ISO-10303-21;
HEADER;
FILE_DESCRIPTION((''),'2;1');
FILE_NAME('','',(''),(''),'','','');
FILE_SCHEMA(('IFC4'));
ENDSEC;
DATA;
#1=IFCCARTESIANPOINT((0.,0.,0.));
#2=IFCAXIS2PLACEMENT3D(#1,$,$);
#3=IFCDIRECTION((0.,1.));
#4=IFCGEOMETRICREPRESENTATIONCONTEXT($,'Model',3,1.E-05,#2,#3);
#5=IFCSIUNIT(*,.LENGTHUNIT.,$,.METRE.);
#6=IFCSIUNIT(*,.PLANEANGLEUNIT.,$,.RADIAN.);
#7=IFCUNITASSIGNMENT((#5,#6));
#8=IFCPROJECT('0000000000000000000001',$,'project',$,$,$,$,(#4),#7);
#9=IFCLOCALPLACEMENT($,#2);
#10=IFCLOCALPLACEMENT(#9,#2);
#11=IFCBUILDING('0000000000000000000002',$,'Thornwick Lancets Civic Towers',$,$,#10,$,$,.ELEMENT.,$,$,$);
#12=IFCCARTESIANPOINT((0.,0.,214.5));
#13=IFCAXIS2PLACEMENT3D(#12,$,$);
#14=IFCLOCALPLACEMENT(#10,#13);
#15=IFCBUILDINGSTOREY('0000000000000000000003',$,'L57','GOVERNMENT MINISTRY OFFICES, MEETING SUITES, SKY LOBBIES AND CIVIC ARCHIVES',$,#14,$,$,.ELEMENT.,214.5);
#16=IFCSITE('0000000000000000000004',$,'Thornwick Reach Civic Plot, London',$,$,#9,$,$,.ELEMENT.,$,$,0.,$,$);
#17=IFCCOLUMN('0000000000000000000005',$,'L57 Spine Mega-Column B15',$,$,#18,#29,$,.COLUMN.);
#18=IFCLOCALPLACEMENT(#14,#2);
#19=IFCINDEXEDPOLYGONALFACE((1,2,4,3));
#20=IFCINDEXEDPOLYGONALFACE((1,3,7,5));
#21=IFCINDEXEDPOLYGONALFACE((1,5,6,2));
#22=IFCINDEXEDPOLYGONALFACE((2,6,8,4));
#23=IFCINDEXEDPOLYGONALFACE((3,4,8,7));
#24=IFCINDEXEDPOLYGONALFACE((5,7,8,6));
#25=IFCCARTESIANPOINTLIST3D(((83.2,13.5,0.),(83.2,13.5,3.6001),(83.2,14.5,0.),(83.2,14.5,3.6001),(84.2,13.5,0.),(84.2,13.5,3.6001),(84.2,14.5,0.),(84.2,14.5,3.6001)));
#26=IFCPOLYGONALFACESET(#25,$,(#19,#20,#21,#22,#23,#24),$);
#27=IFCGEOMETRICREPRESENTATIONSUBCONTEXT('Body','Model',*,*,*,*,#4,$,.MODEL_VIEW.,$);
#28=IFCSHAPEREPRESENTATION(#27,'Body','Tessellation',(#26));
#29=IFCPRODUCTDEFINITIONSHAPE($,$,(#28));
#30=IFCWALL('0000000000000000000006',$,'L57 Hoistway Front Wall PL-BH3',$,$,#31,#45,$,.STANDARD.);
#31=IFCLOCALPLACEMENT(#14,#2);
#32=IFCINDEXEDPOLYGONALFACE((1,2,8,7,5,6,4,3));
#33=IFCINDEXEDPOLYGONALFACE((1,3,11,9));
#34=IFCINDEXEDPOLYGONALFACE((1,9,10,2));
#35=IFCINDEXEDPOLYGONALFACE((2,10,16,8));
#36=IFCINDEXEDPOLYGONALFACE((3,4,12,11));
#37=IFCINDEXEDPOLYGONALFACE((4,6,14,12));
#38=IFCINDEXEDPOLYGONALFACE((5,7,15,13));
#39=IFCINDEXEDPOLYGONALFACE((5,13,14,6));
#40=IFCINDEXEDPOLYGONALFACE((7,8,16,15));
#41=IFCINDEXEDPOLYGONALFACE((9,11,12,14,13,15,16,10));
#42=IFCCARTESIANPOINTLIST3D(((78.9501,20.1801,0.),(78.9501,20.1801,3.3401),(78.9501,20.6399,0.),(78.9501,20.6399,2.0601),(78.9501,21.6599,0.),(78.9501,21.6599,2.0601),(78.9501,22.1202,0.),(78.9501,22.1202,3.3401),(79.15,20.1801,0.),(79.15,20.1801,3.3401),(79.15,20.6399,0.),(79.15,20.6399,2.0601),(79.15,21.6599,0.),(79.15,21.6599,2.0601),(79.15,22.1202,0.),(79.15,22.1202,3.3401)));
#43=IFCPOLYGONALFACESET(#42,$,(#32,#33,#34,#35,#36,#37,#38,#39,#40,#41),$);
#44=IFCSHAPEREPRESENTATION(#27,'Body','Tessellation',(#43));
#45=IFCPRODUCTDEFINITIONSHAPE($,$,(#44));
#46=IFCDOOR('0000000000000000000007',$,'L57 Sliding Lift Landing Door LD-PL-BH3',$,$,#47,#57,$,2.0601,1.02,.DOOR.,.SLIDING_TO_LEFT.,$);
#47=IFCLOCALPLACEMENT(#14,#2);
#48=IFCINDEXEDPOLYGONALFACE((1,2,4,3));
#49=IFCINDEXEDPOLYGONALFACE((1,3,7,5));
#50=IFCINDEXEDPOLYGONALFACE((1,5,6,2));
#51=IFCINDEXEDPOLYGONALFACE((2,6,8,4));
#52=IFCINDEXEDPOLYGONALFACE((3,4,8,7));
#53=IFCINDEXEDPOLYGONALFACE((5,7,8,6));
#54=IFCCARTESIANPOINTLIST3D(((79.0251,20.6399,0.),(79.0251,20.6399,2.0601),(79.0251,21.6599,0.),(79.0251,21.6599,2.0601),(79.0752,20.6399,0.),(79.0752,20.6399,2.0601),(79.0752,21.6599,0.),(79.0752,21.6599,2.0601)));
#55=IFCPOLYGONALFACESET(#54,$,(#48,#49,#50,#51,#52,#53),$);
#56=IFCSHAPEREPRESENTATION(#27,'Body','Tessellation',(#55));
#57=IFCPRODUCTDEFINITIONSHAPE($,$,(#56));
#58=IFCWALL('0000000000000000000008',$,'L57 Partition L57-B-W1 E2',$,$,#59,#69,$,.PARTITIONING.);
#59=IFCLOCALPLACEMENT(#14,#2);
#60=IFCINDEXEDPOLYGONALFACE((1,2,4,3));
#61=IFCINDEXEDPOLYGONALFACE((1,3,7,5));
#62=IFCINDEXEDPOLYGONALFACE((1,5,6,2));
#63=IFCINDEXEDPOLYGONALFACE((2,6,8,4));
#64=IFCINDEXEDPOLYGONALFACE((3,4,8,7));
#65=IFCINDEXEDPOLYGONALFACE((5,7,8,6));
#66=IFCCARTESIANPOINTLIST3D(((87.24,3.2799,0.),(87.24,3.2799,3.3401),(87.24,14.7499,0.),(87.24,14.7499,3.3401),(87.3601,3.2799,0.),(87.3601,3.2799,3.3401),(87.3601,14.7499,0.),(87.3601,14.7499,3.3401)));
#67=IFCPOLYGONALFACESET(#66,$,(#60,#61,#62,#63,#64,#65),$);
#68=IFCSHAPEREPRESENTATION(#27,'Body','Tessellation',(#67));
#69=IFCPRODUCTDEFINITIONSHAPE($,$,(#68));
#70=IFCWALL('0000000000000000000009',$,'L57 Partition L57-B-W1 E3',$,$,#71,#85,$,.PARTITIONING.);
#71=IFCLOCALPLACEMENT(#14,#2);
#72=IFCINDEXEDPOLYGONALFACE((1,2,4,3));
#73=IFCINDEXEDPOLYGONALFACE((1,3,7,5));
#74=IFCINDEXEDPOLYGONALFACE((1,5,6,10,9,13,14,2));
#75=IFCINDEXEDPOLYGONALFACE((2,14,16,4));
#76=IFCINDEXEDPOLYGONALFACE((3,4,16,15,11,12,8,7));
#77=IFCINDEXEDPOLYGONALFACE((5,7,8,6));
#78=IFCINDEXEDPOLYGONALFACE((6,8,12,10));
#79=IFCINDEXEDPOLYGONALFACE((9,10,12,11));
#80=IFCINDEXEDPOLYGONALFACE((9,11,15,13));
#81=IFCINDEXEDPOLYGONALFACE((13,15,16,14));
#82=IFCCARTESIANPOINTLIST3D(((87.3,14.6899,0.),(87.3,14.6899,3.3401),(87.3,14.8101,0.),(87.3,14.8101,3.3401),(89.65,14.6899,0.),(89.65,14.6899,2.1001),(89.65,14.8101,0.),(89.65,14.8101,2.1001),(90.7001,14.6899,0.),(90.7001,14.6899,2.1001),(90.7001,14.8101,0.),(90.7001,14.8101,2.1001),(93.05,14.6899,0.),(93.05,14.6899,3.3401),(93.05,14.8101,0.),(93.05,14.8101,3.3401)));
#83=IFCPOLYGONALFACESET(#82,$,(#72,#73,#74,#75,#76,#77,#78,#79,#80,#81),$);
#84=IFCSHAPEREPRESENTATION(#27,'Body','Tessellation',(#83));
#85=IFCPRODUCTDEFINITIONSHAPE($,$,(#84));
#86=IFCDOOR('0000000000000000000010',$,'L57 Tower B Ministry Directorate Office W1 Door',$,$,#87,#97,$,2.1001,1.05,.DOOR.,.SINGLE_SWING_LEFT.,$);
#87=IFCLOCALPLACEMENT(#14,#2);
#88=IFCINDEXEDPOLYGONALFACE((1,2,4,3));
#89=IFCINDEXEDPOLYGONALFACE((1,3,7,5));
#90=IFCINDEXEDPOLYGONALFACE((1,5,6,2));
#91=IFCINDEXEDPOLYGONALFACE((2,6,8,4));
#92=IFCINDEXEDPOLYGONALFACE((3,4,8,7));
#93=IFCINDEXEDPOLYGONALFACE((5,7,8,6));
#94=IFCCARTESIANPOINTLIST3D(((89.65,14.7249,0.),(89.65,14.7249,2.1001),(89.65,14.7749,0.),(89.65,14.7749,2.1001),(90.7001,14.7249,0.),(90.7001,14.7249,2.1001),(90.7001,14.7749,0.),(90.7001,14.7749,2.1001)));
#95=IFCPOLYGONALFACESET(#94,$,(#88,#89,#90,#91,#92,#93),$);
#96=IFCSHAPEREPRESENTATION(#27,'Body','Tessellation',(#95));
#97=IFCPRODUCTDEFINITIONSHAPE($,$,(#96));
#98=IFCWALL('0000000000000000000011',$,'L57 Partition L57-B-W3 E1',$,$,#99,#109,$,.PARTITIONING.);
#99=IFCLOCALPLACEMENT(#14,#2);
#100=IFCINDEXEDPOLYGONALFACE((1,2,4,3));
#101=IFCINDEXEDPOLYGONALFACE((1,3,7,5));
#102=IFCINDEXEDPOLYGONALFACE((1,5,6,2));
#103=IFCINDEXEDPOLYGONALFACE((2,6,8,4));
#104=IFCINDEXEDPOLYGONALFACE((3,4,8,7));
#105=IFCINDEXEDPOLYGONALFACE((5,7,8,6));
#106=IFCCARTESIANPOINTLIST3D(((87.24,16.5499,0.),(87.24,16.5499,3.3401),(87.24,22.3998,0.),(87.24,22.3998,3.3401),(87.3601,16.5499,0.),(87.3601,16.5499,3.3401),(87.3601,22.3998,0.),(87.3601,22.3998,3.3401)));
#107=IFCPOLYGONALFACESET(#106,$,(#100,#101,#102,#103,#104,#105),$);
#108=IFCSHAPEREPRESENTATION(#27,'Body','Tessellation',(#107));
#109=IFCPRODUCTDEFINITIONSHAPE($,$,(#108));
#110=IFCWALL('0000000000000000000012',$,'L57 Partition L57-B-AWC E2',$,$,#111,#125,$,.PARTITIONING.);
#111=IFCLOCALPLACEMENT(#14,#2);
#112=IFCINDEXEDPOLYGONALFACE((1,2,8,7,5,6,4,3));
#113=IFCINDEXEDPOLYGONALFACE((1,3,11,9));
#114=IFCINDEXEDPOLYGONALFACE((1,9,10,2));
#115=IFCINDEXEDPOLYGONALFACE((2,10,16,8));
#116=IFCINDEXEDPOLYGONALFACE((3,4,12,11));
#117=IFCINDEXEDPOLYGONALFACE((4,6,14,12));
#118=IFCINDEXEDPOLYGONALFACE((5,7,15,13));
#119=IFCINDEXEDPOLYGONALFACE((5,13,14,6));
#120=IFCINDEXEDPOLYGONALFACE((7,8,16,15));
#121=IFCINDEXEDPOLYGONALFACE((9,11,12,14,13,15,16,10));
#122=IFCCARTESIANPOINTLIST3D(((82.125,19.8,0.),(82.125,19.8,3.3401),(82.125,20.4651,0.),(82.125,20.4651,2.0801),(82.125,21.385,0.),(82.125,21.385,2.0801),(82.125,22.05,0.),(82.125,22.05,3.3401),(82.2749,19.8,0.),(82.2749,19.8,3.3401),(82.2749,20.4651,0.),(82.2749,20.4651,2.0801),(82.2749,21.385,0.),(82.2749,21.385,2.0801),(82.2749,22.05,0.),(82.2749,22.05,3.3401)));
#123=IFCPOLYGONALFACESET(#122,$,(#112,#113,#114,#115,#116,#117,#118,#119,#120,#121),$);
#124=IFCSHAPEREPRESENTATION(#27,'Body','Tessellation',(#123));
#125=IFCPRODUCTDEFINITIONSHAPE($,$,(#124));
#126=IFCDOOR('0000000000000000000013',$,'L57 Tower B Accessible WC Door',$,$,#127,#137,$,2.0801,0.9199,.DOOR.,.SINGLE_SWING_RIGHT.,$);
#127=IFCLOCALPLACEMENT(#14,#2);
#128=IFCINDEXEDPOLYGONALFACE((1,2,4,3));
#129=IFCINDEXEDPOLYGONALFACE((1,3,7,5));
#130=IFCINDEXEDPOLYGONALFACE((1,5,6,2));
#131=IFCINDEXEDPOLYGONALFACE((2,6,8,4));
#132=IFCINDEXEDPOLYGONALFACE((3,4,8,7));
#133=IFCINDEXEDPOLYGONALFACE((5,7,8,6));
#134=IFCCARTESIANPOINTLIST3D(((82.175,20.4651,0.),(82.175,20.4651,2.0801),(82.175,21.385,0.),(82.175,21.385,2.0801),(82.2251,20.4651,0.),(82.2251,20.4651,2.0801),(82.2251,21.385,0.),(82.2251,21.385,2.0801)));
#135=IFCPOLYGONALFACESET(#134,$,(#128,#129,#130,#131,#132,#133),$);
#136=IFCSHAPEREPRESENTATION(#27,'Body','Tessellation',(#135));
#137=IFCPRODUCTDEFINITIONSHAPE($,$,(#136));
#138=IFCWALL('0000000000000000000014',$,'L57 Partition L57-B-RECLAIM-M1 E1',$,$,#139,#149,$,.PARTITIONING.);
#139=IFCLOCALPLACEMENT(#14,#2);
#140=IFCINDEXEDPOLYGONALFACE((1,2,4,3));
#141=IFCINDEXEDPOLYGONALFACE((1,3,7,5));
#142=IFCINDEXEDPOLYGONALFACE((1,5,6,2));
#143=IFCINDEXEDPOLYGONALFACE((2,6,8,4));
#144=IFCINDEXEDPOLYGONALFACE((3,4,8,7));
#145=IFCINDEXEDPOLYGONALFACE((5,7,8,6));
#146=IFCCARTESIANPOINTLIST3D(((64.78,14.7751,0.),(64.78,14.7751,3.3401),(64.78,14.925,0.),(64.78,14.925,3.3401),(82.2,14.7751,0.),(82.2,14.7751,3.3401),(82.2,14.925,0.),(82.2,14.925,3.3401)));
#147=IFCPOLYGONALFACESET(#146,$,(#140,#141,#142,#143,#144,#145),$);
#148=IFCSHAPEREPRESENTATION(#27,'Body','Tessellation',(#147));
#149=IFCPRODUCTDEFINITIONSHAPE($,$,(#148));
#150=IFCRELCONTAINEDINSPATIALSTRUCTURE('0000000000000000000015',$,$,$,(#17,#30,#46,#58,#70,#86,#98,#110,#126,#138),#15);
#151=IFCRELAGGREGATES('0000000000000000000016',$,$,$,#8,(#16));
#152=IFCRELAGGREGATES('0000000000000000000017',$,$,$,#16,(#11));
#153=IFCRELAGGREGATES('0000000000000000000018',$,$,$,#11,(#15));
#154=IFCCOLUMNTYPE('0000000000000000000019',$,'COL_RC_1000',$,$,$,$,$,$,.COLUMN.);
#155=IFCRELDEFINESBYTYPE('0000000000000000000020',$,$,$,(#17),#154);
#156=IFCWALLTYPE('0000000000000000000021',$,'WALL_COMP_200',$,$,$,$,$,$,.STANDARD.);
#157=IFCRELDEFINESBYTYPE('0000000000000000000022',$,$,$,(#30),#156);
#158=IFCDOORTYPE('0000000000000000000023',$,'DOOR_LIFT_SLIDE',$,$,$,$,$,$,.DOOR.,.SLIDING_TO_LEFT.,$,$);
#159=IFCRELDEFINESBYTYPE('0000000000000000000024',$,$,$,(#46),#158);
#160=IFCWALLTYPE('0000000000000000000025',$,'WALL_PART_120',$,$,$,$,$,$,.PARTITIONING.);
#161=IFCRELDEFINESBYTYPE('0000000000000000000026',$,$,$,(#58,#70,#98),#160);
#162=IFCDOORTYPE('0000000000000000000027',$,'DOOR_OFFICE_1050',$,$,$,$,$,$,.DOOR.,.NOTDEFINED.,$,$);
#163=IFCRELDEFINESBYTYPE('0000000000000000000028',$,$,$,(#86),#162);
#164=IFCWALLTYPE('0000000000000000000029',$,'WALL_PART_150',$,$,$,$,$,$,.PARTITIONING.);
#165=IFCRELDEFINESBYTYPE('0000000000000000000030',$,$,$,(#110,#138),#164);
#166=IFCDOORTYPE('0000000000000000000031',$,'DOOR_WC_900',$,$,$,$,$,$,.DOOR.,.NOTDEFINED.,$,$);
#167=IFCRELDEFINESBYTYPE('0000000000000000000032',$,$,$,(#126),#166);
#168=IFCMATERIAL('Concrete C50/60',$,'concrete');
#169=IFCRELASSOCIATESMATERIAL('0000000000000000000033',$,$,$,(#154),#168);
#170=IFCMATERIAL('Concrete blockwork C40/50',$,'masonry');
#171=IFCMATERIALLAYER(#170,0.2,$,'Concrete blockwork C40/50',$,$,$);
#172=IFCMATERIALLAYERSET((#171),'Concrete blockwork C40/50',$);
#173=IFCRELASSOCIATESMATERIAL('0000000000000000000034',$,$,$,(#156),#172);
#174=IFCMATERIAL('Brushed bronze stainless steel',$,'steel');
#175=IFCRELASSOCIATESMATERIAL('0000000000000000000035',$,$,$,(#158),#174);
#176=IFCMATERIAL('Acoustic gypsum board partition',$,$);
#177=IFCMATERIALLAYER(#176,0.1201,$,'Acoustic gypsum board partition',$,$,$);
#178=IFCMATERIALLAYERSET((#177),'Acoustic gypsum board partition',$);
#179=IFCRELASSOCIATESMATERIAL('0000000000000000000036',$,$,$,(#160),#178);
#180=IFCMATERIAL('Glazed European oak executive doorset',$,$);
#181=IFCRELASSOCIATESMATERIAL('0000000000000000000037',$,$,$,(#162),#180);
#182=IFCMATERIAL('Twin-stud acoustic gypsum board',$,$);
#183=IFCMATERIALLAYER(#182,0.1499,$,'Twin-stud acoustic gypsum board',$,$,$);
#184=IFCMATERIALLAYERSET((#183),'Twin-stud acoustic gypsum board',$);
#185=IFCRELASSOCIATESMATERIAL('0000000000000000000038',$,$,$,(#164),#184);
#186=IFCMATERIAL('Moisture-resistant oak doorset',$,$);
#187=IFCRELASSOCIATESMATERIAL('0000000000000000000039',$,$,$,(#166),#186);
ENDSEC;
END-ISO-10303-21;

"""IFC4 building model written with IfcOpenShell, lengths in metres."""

from ifc_helpers import new_model, si_unit, direction, frame, frame_2d, origin, origin_2d, place, context, subcontext, project, spatial, rectangle, extrude, material, layer, layer_set, material_profile, profile_set, type_object, element, fill, save


model = new_model("IFC4")

# Units and contexts
model_context = context("Model", 3, precision=1e-05, world=origin(), true_north=direction((0.0, 1.0)))
body_context = subcontext(model_context, "Body", "Model", "MODEL_VIEW")
ifc_project = project(units=[si_unit("LENGTHUNIT", "METRE"), si_unit("PLANEANGLEUNIT", "RADIAN")], contexts=[model_context])

# Site, building, storey
site_placement = place(None, origin())
site = spatial("IfcSite", under=ifc_project, at=site_placement, Name="Thornwick Reach Civic Plot, London", CompositionType="ELEMENT", RefElevation=0.0)
building_placement = place(site_placement, origin())
building = spatial("IfcBuilding", under=site, at=building_placement, Name="Thornwick Lancets Civic Towers", CompositionType="ELEMENT")
storey_placement = place(building_placement, frame((0.0, 0.0, 214.5)))
storey = spatial("IfcBuildingStorey", under=building, at=storey_placement, Name="L57", Description="GOVERNMENT MINISTRY OFFICES, MEETING SUITES, SKY LOBBIES AND CIVIC ARCHIVES", CompositionType="ELEMENT", Elevation=214.5)

# Column
ifc_material_1 = material(Name="Concrete C50/60", Category="concrete")
ifc_material_profile = material_profile(ifc_material_1, rectangle(XDim=1.0, YDim=1.0, at=origin_2d()), Name="RC 1000x1000")
ifc_profile_set = profile_set([ifc_material_profile], Name="Concrete C50/60")
column_type = type_object("IfcColumnType", Name="COL_RC_1000", PredefinedType="COLUMN", material=ifc_profile_set)
column_placement = place(storey_placement, frame((83.7, 14.0, 0.0), z_axis=(0.0, 0.0, 1.0), x_axis=(1.0, 0.0, 0.0)))
element("IfcColumn", 1, at=column_placement, inside=storey, type_object=column_type, Name="L57 Spine Mega-Column B15", PredefinedType="COLUMN", context=body_context, shape_type="SweptSolid", body=[
    extrude(rectangle(XDim=1.0, YDim=1.0, at=origin_2d()), origin(), (0.0, 0.0, 1.0), 3.6001),
])

# Wall, opening, door
ifc_material_2 = material(Name="Concrete blockwork C40/50", Category="masonry")
ifc_layer_1 = layer(ifc_material_2, 0.2, Name="Concrete blockwork C40/50")
ifc_layer_set_1 = layer_set([ifc_layer_1], Name="Concrete blockwork C40/50")
wall_type_1 = type_object("IfcWallType", Name="WALL_COMP_200", PredefinedType="STANDARD", material=ifc_layer_set_1)
wall_1_placement = place(storey_placement, frame((79.05, 20.1799, 0.0), z_axis=(0.0, 0.0, 1.0), x_axis=(0.0, 1.0, 0.0)))
wall_1 = element("IfcWall", 2, at=wall_1_placement, inside=storey, type_object=wall_type_1, Name="L57 Hoistway Front Wall PL-BH3", PredefinedType="STANDARD", context=body_context, shape_type="SweptSolid", body=[
    extrude(rectangle(XDim=1.9402, YDim=0.2, at=frame_2d((0.9702, 0.0))), origin(), (0.0, 0.0, 1.0), 3.3401),
])
opening_1_placement = place(wall_1_placement, frame((0.46, 0.0, 0.0)))
opening_1 = element("IfcOpeningElement", 3, at=opening_1_placement, cuts=wall_1, PredefinedType="OPENING", context=body_context, shape_type="SweptSolid", body=[
    extrude(rectangle(XDim=1.02, YDim=2.0601, at=frame_2d((0.51, 1.03))), frame((0.0, 0.1099, 0.0), z_axis=(0.0, -1.0, 0.0), x_axis=(1.0, 0.0, 0.0)), (0.0, 0.0, 1.0), 0.22),
])
ifc_material_3 = material(Name="Brushed bronze stainless steel", Category="steel")
door_type_1 = type_object("IfcDoorType", Name="DOOR_LIFT_SLIDE", OperationType="SLIDING_TO_LEFT", PredefinedType="DOOR", material=ifc_material_3)
door_1_placement = place(opening_1_placement, origin())
door_1 = element("IfcDoor", 4, at=door_1_placement, inside=storey, type_object=door_type_1, Name="L57 Sliding Lift Landing Door LD-PL-BH3", OperationType="SLIDING_TO_LEFT", OverallHeight=2.0601, OverallWidth=1.02, PredefinedType="DOOR", context=body_context, shape_type="SweptSolid", body=[
    extrude(rectangle(XDim=1.02, YDim=2.0601, at=frame_2d((0.51, 1.03))), frame((0.0, 0.0249, 0.0), z_axis=(0.0, -1.0, 0.0), x_axis=(1.0, 0.0, 0.0)), (0.0, 0.0, 1.0), 0.05),
])
fill(opening_1, door_1)

# Wall
ifc_material_4 = material(Name="Acoustic gypsum board partition")
ifc_layer_2 = layer(ifc_material_4, 0.1201, Name="Acoustic gypsum board partition")
ifc_layer_set_2 = layer_set([ifc_layer_2], Name="Acoustic gypsum board partition")
wall_type_2 = type_object("IfcWallType", Name="WALL_PART_120", PredefinedType="PARTITIONING", material=ifc_layer_set_2)
wall_2_placement = place(storey_placement, frame((87.3, 3.28, 0.0), z_axis=(0.0, 0.0, 1.0), x_axis=(0.0, 1.0, 0.0)))
element("IfcWall", 5, at=wall_2_placement, inside=storey, type_object=wall_type_2, Name="L57 Partition L57-B-W1 E2", PredefinedType="PARTITIONING", context=body_context, shape_type="SweptSolid", body=[
    extrude(rectangle(XDim=11.47, YDim=0.1201, at=frame_2d((5.7349, 0.0))), origin(), (0.0, 0.0, 1.0), 3.3401),
])

# Wall, opening, door
wall_3_placement = place(storey_placement, frame((87.3, 14.75, 0.0), z_axis=(0.0, 0.0, 1.0), x_axis=(1.0, 0.0, 0.0)))
wall_3 = element("IfcWall", 6, at=wall_3_placement, inside=storey, type_object=wall_type_2, Name="L57 Partition L57-B-W1 E3", PredefinedType="PARTITIONING", context=body_context, shape_type="SweptSolid", body=[
    extrude(rectangle(XDim=5.75, YDim=0.1201, at=frame_2d((2.875, 0.0))), origin(), (0.0, 0.0, 1.0), 3.3401),
])
opening_2_placement = place(wall_3_placement, frame((2.3501, 0.0, 0.0)))
opening_2 = element("IfcOpeningElement", 7, at=opening_2_placement, cuts=wall_3, PredefinedType="OPENING", context=body_context, shape_type="SweptSolid", body=[
    extrude(rectangle(XDim=1.05, YDim=2.1001, at=frame_2d((0.5249, 1.05))), frame((0.0, 0.0701, 0.0), z_axis=(0.0, -1.0, 0.0), x_axis=(1.0, 0.0, 0.0)), (0.0, 0.0, 1.0), 0.1401),
])
ifc_material_5 = material(Name="Glazed European oak executive doorset")
door_type_2 = type_object("IfcDoorType", Name="DOOR_OFFICE_1050", OperationType="NOTDEFINED", PredefinedType="DOOR", material=ifc_material_5)
door_2_placement = place(opening_2_placement, origin())
door_2 = element("IfcDoor", 8, at=door_2_placement, inside=storey, type_object=door_type_2, Name="L57 Tower B Ministry Directorate Office W1 Door", OperationType="SINGLE_SWING_LEFT", OverallHeight=2.1001, OverallWidth=1.05, PredefinedType="DOOR", context=body_context, shape_type="SweptSolid", body=[
    extrude(rectangle(XDim=1.05, YDim=2.1001, at=frame_2d((0.5249, 1.05))), frame((0.0, 0.0249, 0.0), z_axis=(0.0, -1.0, 0.0), x_axis=(1.0, 0.0, 0.0)), (0.0, 0.0, 1.0), 0.05),
])
fill(opening_2, door_2)

# Wall
wall_4_placement = place(storey_placement, frame((87.3, 16.55, 0.0), z_axis=(0.0, 0.0, 1.0), x_axis=(0.0, 1.0, 0.0)))
element("IfcWall", 9, at=wall_4_placement, inside=storey, type_object=wall_type_2, Name="L57 Partition L57-B-W3 E1", PredefinedType="PARTITIONING", context=body_context, shape_type="SweptSolid", body=[
    extrude(rectangle(XDim=5.8499, YDim=0.1201, at=frame_2d((2.9248, 0.0))), origin(), (0.0, 0.0, 1.0), 3.3401),
])

# Wall, opening, door
ifc_material_6 = material(Name="Twin-stud acoustic gypsum board")
ifc_layer_3 = layer(ifc_material_6, 0.1499, Name="Twin-stud acoustic gypsum board")
ifc_layer_set_3 = layer_set([ifc_layer_3], Name="Twin-stud acoustic gypsum board")
wall_type_3 = type_object("IfcWallType", Name="WALL_PART_150", PredefinedType="PARTITIONING", material=ifc_layer_set_3)
wall_5_placement = place(storey_placement, frame((82.2, 19.8, 0.0), z_axis=(0.0, 0.0, 1.0), x_axis=(0.0, 1.0, 0.0)))
wall_5 = element("IfcWall", 10, at=wall_5_placement, inside=storey, type_object=wall_type_3, Name="L57 Partition L57-B-AWC E2", PredefinedType="PARTITIONING", context=body_context, shape_type="SweptSolid", body=[
    extrude(rectangle(XDim=2.25, YDim=0.1499, at=frame_2d((1.125, 0.0))), origin(), (0.0, 0.0, 1.0), 3.3401),
])
opening_3_placement = place(wall_5_placement, frame((0.665, 0.0, 0.0)))
opening_3 = element("IfcOpeningElement", 11, at=opening_3_placement, cuts=wall_5, PredefinedType="OPENING", context=body_context, shape_type="SweptSolid", body=[
    extrude(rectangle(XDim=0.9199, YDim=2.0801, at=frame_2d((0.46, 1.04))), frame((0.0, 0.085, 0.0), z_axis=(0.0, -1.0, 0.0), x_axis=(1.0, 0.0, 0.0)), (0.0, 0.0, 1.0), 0.1699),
])
ifc_material_7 = material(Name="Moisture-resistant oak doorset")
door_type_3 = type_object("IfcDoorType", Name="DOOR_WC_900", OperationType="NOTDEFINED", PredefinedType="DOOR", material=ifc_material_7)
door_3_placement = place(opening_3_placement, origin())
door_3 = element("IfcDoor", 12, at=door_3_placement, inside=storey, type_object=door_type_3, Name="L57 Tower B Accessible WC Door", OperationType="SINGLE_SWING_RIGHT", OverallHeight=2.0801, OverallWidth=0.9199, PredefinedType="DOOR", context=body_context, shape_type="SweptSolid", body=[
    extrude(rectangle(XDim=0.9199, YDim=2.0801, at=frame_2d((0.46, 1.04))), frame((0.0, 0.0249, 0.0), z_axis=(0.0, -1.0, 0.0), x_axis=(1.0, 0.0, 0.0)), (0.0, 0.0, 1.0), 0.05),
])
fill(opening_3, door_3)

# Wall
wall_6_placement = place(storey_placement, frame((82.2, 14.8501, 0.0), z_axis=(0.0, 0.0, 1.0), x_axis=(-1.0, 0.0, 0.0)))
element("IfcWall", 13, at=wall_6_placement, inside=storey, type_object=wall_type_3, Name="L57 Partition L57-B-RECLAIM-M1 E1", PredefinedType="PARTITIONING", context=body_context, shape_type="SweptSolid", body=[
    extrude(rectangle(XDim=17.4199, YDim=0.1499, at=frame_2d((8.71, 0.0))), origin(), (0.0, 0.0, 1.0), 3.3401),
])

save(model, "model.ifc")
